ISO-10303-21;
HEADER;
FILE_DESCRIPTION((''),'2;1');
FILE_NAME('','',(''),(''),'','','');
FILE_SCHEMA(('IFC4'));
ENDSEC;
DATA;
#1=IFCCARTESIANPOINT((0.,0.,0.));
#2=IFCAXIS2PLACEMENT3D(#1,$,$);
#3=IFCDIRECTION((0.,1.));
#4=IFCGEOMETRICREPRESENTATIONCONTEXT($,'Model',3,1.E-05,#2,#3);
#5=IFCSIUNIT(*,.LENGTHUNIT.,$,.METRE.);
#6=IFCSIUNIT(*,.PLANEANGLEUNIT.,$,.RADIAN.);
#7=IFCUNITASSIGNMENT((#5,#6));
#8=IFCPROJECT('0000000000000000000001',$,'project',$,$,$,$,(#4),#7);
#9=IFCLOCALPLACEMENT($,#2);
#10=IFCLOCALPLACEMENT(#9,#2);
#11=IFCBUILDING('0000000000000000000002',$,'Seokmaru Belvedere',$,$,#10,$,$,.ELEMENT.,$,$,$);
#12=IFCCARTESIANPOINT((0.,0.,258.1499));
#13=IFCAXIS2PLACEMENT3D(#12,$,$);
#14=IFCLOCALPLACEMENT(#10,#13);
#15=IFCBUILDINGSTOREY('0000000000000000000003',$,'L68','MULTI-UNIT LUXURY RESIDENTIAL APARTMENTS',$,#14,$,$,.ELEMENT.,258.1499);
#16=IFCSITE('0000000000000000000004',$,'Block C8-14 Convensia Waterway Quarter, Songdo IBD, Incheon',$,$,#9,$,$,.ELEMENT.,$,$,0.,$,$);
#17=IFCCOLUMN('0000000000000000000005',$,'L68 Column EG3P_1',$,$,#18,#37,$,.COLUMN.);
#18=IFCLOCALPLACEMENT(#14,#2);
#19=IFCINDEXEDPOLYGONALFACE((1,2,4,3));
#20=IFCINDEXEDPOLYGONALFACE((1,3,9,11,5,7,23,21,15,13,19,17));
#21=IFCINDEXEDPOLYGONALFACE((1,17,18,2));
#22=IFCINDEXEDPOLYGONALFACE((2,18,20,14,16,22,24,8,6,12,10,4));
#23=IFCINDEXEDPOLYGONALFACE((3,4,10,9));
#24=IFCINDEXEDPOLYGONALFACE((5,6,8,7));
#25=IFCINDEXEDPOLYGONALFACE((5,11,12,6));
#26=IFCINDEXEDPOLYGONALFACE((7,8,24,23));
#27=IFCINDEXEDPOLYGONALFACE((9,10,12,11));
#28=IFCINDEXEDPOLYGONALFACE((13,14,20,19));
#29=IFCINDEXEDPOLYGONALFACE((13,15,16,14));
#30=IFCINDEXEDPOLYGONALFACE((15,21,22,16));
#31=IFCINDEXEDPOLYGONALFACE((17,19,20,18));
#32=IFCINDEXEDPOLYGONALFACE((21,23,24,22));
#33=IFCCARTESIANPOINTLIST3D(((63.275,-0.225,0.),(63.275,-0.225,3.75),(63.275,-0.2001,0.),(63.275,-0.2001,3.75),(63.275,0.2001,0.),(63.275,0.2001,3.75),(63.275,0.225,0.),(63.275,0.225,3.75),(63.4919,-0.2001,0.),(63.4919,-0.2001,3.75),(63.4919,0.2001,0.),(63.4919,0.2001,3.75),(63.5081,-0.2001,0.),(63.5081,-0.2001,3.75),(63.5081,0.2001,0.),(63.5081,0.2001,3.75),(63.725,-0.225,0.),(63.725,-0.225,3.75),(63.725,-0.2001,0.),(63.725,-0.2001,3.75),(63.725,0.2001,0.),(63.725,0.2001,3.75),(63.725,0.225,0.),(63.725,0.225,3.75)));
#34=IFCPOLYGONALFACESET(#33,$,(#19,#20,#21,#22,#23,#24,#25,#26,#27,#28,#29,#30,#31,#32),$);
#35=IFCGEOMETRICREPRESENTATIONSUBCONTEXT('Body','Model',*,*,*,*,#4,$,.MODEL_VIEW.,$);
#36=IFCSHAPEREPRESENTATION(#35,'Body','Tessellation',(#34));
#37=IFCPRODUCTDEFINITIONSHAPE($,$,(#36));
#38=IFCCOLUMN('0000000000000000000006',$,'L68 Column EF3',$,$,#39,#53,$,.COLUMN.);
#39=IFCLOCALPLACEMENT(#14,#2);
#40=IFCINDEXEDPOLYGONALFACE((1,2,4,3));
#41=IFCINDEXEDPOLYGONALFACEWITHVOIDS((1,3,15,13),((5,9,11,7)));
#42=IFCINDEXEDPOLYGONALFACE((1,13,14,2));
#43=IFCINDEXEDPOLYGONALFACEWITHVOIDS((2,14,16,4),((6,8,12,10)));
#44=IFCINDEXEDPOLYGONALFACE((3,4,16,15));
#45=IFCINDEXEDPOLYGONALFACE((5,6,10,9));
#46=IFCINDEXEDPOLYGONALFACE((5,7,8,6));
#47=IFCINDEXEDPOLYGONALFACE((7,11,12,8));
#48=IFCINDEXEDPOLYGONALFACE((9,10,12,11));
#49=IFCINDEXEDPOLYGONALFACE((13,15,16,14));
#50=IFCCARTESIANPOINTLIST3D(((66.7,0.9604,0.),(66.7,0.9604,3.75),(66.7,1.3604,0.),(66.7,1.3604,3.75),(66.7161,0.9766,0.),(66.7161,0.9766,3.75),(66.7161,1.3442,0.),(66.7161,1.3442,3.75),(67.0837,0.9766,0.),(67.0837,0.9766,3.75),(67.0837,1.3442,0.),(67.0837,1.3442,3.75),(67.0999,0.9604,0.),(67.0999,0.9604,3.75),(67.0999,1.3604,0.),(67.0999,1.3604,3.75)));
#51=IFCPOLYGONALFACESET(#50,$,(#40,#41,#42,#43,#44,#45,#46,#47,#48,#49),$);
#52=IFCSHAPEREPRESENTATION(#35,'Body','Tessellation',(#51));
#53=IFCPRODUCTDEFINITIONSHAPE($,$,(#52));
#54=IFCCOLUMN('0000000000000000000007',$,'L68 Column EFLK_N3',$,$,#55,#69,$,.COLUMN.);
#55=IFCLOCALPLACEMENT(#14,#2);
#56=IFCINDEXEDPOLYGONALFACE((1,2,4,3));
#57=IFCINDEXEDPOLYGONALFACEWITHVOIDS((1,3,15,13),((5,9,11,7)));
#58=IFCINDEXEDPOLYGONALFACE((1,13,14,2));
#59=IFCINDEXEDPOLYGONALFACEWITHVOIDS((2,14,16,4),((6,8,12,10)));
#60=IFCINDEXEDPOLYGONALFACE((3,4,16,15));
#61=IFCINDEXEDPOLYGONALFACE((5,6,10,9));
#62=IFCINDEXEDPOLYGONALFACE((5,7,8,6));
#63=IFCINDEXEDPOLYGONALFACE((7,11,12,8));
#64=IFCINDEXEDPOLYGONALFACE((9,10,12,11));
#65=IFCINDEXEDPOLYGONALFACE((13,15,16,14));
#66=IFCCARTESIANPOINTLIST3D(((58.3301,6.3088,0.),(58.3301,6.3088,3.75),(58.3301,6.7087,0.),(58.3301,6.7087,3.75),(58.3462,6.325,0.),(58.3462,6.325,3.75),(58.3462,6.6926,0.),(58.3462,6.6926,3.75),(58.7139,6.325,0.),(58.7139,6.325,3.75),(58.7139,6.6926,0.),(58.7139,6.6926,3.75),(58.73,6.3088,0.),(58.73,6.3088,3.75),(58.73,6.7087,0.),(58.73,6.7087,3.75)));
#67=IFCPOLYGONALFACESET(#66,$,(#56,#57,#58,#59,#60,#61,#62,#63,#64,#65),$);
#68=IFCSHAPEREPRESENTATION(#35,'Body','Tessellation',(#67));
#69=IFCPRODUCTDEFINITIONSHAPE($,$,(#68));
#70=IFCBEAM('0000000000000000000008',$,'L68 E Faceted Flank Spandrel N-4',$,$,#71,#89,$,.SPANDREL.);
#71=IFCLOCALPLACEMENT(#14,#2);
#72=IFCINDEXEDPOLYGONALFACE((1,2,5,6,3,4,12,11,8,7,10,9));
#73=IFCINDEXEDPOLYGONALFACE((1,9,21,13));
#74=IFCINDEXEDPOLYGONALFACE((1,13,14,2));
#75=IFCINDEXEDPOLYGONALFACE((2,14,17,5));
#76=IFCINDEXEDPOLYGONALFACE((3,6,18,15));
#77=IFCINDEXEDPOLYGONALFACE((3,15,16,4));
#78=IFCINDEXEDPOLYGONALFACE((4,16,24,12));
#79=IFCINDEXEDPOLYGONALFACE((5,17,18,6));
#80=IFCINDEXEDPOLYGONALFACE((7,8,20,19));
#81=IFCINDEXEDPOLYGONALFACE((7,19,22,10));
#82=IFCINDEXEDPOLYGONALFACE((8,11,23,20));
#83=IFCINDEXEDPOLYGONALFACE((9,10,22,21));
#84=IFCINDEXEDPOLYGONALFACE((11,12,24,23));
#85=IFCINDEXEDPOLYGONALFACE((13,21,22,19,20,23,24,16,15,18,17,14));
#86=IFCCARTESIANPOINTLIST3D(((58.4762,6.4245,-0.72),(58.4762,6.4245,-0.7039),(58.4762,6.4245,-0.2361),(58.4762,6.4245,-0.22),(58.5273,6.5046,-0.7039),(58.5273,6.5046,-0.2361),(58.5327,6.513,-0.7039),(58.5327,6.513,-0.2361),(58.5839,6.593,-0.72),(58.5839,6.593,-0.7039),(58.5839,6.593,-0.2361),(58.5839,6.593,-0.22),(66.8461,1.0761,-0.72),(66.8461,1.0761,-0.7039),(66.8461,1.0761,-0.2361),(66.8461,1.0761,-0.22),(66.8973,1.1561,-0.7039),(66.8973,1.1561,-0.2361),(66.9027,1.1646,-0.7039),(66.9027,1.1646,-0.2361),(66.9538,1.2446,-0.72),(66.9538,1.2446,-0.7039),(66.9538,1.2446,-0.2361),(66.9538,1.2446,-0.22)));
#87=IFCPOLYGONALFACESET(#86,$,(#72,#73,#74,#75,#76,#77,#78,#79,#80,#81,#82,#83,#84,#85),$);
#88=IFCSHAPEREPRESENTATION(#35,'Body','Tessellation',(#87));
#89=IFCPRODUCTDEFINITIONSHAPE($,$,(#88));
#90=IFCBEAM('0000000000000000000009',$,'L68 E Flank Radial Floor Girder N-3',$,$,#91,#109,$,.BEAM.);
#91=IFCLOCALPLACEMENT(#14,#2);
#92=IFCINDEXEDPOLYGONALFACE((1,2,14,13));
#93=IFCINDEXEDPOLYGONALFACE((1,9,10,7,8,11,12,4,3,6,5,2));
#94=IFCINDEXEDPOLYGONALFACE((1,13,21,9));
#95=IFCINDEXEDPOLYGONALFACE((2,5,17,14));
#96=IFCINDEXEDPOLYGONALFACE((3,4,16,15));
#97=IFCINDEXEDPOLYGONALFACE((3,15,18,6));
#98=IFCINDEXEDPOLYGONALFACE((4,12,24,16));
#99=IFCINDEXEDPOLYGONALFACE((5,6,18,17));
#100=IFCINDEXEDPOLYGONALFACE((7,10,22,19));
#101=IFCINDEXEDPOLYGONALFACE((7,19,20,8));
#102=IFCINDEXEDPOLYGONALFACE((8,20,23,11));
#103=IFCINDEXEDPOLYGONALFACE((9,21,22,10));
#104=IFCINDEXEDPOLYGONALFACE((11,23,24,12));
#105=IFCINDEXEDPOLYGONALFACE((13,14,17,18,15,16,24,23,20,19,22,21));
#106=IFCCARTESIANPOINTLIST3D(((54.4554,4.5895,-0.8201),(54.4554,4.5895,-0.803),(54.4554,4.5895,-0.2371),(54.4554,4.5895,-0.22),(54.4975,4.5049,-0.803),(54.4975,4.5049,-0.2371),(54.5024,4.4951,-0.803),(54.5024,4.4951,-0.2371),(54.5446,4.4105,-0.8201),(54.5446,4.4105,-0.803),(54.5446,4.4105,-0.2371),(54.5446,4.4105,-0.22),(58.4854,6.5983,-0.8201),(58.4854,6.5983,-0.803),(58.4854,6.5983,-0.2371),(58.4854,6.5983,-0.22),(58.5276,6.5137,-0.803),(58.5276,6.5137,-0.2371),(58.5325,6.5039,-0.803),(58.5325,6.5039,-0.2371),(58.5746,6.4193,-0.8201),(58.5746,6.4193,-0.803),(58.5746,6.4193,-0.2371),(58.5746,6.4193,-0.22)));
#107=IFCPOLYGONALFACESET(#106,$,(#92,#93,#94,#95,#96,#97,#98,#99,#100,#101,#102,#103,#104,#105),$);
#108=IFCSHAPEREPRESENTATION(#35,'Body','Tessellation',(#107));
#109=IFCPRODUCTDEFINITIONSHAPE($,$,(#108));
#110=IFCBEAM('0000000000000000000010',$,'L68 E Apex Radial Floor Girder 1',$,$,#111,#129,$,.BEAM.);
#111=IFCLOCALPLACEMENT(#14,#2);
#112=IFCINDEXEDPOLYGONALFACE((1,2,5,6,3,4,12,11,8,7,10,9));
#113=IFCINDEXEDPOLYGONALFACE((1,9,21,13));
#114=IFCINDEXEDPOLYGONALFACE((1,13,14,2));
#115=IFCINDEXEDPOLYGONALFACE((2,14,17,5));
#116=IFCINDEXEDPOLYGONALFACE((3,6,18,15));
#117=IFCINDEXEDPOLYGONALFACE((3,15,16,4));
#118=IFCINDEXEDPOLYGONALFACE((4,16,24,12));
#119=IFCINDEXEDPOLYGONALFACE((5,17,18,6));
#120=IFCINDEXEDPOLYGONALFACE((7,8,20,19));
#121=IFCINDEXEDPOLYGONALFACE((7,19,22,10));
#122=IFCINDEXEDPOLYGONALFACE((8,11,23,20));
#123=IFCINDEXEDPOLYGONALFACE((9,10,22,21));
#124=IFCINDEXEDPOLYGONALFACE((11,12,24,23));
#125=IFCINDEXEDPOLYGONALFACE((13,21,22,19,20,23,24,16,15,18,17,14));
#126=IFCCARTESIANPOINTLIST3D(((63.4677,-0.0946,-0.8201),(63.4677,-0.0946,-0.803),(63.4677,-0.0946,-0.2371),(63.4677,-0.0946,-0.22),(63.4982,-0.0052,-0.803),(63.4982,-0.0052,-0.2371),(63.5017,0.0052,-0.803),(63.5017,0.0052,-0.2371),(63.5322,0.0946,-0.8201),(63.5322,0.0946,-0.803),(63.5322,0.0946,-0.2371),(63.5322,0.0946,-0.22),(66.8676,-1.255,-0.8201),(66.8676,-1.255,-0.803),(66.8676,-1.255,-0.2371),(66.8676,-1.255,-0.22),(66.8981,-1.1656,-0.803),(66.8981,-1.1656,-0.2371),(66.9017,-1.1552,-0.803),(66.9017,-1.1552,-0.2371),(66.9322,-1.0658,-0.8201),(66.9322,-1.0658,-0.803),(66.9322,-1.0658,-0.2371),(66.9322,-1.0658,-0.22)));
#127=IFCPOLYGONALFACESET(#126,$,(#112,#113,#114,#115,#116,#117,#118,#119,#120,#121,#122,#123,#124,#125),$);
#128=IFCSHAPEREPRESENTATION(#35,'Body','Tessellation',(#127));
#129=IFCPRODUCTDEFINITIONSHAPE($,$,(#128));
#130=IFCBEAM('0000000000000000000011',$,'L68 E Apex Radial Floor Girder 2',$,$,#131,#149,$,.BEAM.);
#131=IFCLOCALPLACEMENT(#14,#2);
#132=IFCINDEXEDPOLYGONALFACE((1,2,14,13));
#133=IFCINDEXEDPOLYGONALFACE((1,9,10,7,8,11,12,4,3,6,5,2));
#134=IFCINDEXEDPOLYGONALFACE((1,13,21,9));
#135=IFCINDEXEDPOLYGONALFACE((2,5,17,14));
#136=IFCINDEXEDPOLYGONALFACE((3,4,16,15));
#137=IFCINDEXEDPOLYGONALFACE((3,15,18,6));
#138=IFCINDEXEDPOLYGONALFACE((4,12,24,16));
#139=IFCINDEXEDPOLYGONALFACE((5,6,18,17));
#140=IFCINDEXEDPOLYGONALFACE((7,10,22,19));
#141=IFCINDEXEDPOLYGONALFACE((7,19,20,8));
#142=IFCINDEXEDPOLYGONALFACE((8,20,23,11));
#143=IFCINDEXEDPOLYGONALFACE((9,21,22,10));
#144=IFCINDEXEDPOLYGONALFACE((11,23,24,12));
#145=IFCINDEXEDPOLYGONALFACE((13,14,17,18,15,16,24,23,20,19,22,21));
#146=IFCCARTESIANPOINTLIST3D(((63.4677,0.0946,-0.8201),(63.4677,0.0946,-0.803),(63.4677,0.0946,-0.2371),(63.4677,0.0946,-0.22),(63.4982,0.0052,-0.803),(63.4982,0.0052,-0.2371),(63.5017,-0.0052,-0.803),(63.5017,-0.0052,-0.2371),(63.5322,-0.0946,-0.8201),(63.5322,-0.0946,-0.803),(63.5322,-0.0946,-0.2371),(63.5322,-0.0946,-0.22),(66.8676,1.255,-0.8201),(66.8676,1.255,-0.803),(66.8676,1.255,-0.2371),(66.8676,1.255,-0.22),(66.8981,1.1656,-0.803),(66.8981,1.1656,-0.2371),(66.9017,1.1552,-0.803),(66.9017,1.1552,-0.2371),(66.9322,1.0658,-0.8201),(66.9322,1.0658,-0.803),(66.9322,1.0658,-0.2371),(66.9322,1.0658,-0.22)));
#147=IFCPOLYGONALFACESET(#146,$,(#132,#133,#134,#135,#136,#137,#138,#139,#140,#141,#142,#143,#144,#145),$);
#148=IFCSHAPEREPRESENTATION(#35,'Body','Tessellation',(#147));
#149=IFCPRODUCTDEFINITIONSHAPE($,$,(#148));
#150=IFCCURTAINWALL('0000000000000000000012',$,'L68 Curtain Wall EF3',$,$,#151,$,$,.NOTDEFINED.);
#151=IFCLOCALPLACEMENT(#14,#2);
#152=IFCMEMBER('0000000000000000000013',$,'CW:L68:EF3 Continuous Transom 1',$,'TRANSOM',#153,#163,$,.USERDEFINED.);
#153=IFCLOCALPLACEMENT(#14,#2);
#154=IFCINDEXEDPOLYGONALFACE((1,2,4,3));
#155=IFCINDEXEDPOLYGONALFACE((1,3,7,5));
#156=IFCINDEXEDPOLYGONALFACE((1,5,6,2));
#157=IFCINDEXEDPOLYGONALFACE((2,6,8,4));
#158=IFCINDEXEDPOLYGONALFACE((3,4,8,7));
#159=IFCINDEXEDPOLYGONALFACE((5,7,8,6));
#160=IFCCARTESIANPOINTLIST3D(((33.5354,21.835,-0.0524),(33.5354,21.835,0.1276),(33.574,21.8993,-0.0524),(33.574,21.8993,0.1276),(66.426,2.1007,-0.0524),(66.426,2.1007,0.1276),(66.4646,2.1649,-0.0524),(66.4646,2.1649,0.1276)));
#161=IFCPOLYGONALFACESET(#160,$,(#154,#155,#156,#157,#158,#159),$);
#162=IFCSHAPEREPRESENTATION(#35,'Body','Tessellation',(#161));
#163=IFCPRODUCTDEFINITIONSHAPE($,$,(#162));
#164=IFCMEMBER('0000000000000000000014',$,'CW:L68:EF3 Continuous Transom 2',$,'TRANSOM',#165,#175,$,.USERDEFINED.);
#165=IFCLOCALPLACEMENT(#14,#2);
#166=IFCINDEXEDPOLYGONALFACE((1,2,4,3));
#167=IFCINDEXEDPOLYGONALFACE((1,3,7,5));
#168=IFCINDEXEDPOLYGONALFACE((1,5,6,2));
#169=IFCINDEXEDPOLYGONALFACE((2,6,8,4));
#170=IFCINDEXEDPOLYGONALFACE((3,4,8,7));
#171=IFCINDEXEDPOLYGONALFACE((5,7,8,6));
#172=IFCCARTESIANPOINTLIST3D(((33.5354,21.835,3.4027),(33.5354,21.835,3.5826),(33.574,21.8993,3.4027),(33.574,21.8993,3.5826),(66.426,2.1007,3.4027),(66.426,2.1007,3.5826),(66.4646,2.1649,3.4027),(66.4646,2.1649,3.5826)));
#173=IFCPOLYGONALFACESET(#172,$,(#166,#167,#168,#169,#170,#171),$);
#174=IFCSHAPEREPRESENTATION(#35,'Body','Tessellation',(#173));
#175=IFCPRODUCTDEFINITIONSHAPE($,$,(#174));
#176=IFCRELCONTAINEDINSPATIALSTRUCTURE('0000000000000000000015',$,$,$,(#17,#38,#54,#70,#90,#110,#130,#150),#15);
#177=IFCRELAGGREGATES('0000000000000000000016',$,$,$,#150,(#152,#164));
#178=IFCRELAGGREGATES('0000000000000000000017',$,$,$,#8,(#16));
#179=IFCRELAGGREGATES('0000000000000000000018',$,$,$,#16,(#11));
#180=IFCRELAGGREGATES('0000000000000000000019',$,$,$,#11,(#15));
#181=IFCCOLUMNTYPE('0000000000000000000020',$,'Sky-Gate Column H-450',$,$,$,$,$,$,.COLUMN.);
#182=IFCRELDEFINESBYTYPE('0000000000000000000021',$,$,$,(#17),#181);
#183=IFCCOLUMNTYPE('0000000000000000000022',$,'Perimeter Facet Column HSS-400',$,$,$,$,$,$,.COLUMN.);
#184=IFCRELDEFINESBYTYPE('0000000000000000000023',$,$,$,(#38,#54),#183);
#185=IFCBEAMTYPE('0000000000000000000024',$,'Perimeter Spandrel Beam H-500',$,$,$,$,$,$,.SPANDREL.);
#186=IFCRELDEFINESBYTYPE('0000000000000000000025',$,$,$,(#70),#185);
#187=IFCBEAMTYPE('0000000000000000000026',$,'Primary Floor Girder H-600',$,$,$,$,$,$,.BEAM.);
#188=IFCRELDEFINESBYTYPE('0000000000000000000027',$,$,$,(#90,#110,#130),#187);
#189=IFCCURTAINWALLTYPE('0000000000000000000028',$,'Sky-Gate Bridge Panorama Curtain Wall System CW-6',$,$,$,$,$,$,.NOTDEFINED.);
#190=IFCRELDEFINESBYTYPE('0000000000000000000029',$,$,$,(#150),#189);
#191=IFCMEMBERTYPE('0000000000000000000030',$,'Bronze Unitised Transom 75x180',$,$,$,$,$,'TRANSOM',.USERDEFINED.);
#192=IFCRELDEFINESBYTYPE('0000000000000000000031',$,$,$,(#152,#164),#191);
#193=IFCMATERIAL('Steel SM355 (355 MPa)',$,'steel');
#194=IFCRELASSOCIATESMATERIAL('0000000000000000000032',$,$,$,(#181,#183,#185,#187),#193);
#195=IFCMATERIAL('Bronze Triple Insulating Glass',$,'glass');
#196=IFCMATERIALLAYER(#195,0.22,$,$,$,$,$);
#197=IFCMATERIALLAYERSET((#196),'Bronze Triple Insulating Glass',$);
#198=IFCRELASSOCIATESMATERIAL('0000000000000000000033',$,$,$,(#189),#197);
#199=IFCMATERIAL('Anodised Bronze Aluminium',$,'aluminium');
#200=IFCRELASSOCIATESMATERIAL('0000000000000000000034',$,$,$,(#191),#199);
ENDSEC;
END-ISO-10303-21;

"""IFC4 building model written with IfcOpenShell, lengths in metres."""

from ifc_helpers import new_model, si_unit, direction, frame, origin, origin_2d, place, context, subcontext, project, spatial, rectangle, hollow_rectangle, i_section, extrude, source, transform, mapped, material, layer, layer_set, material_profile, profile_set, type_object, type_shapes, element, aggregate, save


model = new_model("IFC4")

# Units and contexts
model_context = context("Model", 3, precision=1e-05, world=origin(), true_north=direction((0.0, 1.0)))
body_context = subcontext(model_context, "Body", "Model", "MODEL_VIEW")
ifc_project = project(units=[si_unit("LENGTHUNIT", "METRE"), si_unit("PLANEANGLEUNIT", "RADIAN")], contexts=[model_context])

# Site, building, storey
site_placement = place(None, origin())
site = spatial("IfcSite", under=ifc_project, at=site_placement, Name="Block C8-14 Convensia Waterway Quarter, Songdo IBD, Incheon", CompositionType="ELEMENT", RefElevation=0.0)
building_placement = place(site_placement, origin())
building = spatial("IfcBuilding", under=site, at=building_placement, Name="Seokmaru Belvedere", CompositionType="ELEMENT")
storey_placement = place(building_placement, frame((0.0, 0.0, 258.1499)))
storey = spatial("IfcBuildingStorey", under=building, at=storey_placement, Name="L68", Description="MULTI-UNIT LUXURY RESIDENTIAL APARTMENTS", CompositionType="ELEMENT", Elevation=258.1499)

# Columns
ifc_material_1 = material(Name="Steel SM355 (355 MPa)", Category="steel")
ifc_material_profile_1 = material_profile(ifc_material_1, i_section(OverallWidth=0.45, OverallDepth=0.45, WebThickness=0.0161, FlangeThickness=0.0249, at=origin_2d()), Name="H-450x450x16x25")
ifc_profile_set_1 = profile_set([ifc_material_profile_1], Name="Steel SM355 (355 MPa)")
column_type_1 = type_object("IfcColumnType", Name="Sky-Gate Column H-450", PredefinedType="COLUMN", material=ifc_profile_set_1)
shared_shape_1 = source(origin(), body_context, "Body", "SweptSolid", [
    extrude(i_section(OverallWidth=0.45, OverallDepth=0.45, WebThickness=0.0161, FlangeThickness=0.0249, at=origin_2d()), origin(), (0.0, 0.0, 1.0), 3.75),
])
type_shapes(column_type_1, [shared_shape_1])
column_placement = place(storey_placement, frame((63.5, 0.0, 0.0), z_axis=(0.0, 0.0, 1.0), x_axis=(1.0, 0.0, 0.0)))
element("IfcColumn", 1, at=column_placement, inside=storey, type_object=column_type_1, Name="L68 Column EG3P_1", PredefinedType="COLUMN", context=body_context, shape_type="MappedRepresentation", body=[
    mapped(shared_shape_1, transform((0.0, 0.0, 0.0), scale=1.0)),
])
ifc_material_profile_2 = material_profile(ifc_material_1, hollow_rectangle(XDim=0.3999, YDim=0.3999, WallThickness=0.0161, at=origin_2d()), Name="HSS-400x400x16")
ifc_profile_set_2 = profile_set([ifc_material_profile_2], Name="Steel SM355 (355 MPa)")
column_type_2 = type_object("IfcColumnType", Name="Perimeter Facet Column HSS-400", PredefinedType="COLUMN", material=ifc_profile_set_2)
shared_shape_2 = source(origin(), body_context, "Body", "SweptSolid", [
    extrude(hollow_rectangle(XDim=0.3999, YDim=0.3999, WallThickness=0.0161, at=origin_2d()), origin(), (0.0, 0.0, 1.0), 3.75),
])
type_shapes(column_type_2, [shared_shape_2])
for number, where, z_axis, x_axis, name in (
    (2, (66.8999, 1.1604, 0.0), (0.0, 0.0, 1.0), (1.0, 0.0, 0.0), "L68 Column EF3"),
    (3, (58.53, 6.5088, 0.0), (0.0, 0.0, 1.0), (1.0, 0.0, 0.0), "L68 Column EFLK_N3"),
):
    element("IfcColumn", number, at=place(storey_placement, frame(where, z_axis=z_axis, x_axis=x_axis)), inside=storey, type_object=column_type_2, Name=name, PredefinedType="COLUMN", context=body_context, shape_type="MappedRepresentation", body=[
        mapped(shared_shape_2, transform((0.0, 0.0, 0.0), scale=1.0)),
    ])

# Beams
ifc_material_profile_3 = material_profile(ifc_material_1, i_section(OverallWidth=0.2, OverallDepth=0.5, WebThickness=0.01, FlangeThickness=0.0161, at=origin_2d()), Name="H-500x200x10x16")
ifc_profile_set_3 = profile_set([ifc_material_profile_3], Name="Steel SM355 (355 MPa)")
beam_type_1 = type_object("IfcBeamType", Name="Perimeter Spandrel Beam H-500", PredefinedType="SPANDREL", material=ifc_profile_set_3)
shared_shape_3 = source(origin(), body_context, "Body", "SweptSolid", [
    extrude(i_section(OverallWidth=0.2, OverallDepth=0.5, WebThickness=0.01, FlangeThickness=0.0161, at=origin_2d()), origin(), (0.0, 0.0, 1.0), 9.9329),
])
type_shapes(beam_type_1, [shared_shape_3])
beam_1_placement = place(storey_placement, frame((58.53, 6.5088, -0.47), z_axis=(0.842652, -0.538459, 0.0), x_axis=(0.538459, 0.842652, 0.0)))
element("IfcBeam", 4, at=beam_1_placement, inside=storey, type_object=beam_type_1, Name="L68 E Faceted Flank Spandrel N-4", PredefinedType="SPANDREL", context=body_context, shape_type="MappedRepresentation", body=[
    mapped(shared_shape_3, transform((0.0, 0.0, 0.0), scale=1.0)),
])
ifc_material_profile_4 = material_profile(ifc_material_1, i_section(OverallWidth=0.2, OverallDepth=0.6001, WebThickness=0.011, FlangeThickness=0.0171, at=origin_2d()), Name="H-600x200x11x17")
ifc_profile_set_4 = profile_set([ifc_material_profile_4], Name="Steel SM355 (355 MPa)")
beam_type_2 = type_object("IfcBeamType", Name="Primary Floor Girder H-600", PredefinedType="BEAM", material=ifc_profile_set_4)
shared_shape_4 = source(origin(), body_context, "Body", "SweptSolid", [
    extrude(i_section(OverallWidth=0.2, OverallDepth=0.6001, WebThickness=0.011, FlangeThickness=0.0171, at=origin_2d()), origin(), (0.0, 0.0, 1.0), 4.5029),
])
beam_2_placement = place(storey_placement, frame((58.53, 6.5088, -0.52), z_axis=(-0.89498, -0.446107, 0.0), x_axis=(0.446107, -0.89498, 0.0)))
element("IfcBeam", 5, at=beam_2_placement, inside=storey, type_object=beam_type_2, Name="L68 E Flank Radial Floor Girder N-3", PredefinedType="BEAM", context=body_context, shape_type="MappedRepresentation", body=[
    mapped(shared_shape_4, transform((0.0, 0.0, 0.0), scale=1.0)),
])
shared_shape_5 = source(origin(), body_context, "Body", "SweptSolid", [
    extrude(i_section(OverallWidth=0.2, OverallDepth=0.6001, WebThickness=0.011, FlangeThickness=0.0171, at=origin_2d()), origin(), (0.0, 0.0, 1.0), 3.5925),
])
type_shapes(beam_type_2, [shared_shape_4, shared_shape_5])
for number, where, z_axis, x_axis, name in (
    (6, (66.8999, -1.1604, -0.52), (-0.946396, 0.323009, 0.0), (-0.323009, -0.946396, 0.0), "L68 E Apex Radial Floor Girder 1"),
    (7, (66.8999, 1.1604, -0.52), (-0.946396, -0.323009, 0.0), (0.323009, -0.946396, 0.0), "L68 E Apex Radial Floor Girder 2"),
):
    element("IfcBeam", number, at=place(storey_placement, frame(where, z_axis=z_axis, x_axis=x_axis)), inside=storey, type_object=beam_type_2, Name=name, PredefinedType="BEAM", context=body_context, shape_type="MappedRepresentation", body=[
        mapped(shared_shape_5, transform((0.0, 0.0, 0.0), scale=1.0)),
    ])

# Curtain wall, members
ifc_material_2 = material(Name="Bronze Triple Insulating Glass", Category="glass")
ifc_layer_1 = layer(ifc_material_2, 0.22)
ifc_layer_set_1 = layer_set([ifc_layer_1], Name="Bronze Triple Insulating Glass")
curtain_wall_type = type_object("IfcCurtainWallType", Name="Sky-Gate Bridge Panorama Curtain Wall System CW-6", PredefinedType="NOTDEFINED", material=ifc_layer_set_1)
curtain_wall_1_placement = place(storey_placement, origin())
curtain_wall_1 = element("IfcCurtainWall", 8, at=curtain_wall_1_placement, inside=storey, type_object=curtain_wall_type, Name="L68 Curtain Wall EF3", PredefinedType="NOTDEFINED")
ifc_material_3 = material(Name="Anodised Bronze Aluminium", Category="aluminium")
ifc_material_profile_5 = material_profile(ifc_material_3, rectangle(XDim=0.075, YDim=0.1799, at=origin_2d()), Name="CW-T-75x180")
ifc_profile_set_5 = profile_set([ifc_material_profile_5], Name="Anodised Bronze Aluminium")
member_type_1 = type_object("IfcMemberType", Name="Bronze Unitised Transom 75x180", ElementType="TRANSOM", PredefinedType="USERDEFINED", material=ifc_profile_set_5)
shared_shape_6 = source(origin(), body_context, "Body", "SweptSolid", [
    extrude(rectangle(XDim=0.075, YDim=0.1799, at=origin_2d()), origin(), (0.0, 0.0, 1.0), 38.3567),
])
member_1_placement = place(storey_placement, frame((66.4453, 2.1328, 0.0376), z_axis=(-0.857493, 0.514496, 0.0), x_axis=(-0.514496, -0.857493, 0.0)))
member_1 = element("IfcMember", 9, at=member_1_placement, type_object=member_type_1, Name="CW:L68:EF3 Continuous Transom 1", ObjectType="TRANSOM", PredefinedType="USERDEFINED", context=body_context, shape_type="MappedRepresentation", body=[
    mapped(shared_shape_6, transform((0.0, 0.0, 0.0), scale=1.0)),
])
member_2_placement = place(storey_placement, frame((66.4453, 2.1328, 3.4927), z_axis=(-0.857493, 0.514496, 0.0), x_axis=(-0.514496, -0.857493, 0.0)))
member_2 = element("IfcMember", 10, at=member_2_placement, type_object=member_type_1, Name="CW:L68:EF3 Continuous Transom 2", ObjectType="TRANSOM", PredefinedType="USERDEFINED", context=body_context, shape_type="MappedRepresentation", body=[
    mapped(shared_shape_6, transform((0.0, 0.0, 0.0), scale=1.0)),
])

aggregate(curtain_wall_1, [member_1, member_2])

save(model, "model.ifc")
